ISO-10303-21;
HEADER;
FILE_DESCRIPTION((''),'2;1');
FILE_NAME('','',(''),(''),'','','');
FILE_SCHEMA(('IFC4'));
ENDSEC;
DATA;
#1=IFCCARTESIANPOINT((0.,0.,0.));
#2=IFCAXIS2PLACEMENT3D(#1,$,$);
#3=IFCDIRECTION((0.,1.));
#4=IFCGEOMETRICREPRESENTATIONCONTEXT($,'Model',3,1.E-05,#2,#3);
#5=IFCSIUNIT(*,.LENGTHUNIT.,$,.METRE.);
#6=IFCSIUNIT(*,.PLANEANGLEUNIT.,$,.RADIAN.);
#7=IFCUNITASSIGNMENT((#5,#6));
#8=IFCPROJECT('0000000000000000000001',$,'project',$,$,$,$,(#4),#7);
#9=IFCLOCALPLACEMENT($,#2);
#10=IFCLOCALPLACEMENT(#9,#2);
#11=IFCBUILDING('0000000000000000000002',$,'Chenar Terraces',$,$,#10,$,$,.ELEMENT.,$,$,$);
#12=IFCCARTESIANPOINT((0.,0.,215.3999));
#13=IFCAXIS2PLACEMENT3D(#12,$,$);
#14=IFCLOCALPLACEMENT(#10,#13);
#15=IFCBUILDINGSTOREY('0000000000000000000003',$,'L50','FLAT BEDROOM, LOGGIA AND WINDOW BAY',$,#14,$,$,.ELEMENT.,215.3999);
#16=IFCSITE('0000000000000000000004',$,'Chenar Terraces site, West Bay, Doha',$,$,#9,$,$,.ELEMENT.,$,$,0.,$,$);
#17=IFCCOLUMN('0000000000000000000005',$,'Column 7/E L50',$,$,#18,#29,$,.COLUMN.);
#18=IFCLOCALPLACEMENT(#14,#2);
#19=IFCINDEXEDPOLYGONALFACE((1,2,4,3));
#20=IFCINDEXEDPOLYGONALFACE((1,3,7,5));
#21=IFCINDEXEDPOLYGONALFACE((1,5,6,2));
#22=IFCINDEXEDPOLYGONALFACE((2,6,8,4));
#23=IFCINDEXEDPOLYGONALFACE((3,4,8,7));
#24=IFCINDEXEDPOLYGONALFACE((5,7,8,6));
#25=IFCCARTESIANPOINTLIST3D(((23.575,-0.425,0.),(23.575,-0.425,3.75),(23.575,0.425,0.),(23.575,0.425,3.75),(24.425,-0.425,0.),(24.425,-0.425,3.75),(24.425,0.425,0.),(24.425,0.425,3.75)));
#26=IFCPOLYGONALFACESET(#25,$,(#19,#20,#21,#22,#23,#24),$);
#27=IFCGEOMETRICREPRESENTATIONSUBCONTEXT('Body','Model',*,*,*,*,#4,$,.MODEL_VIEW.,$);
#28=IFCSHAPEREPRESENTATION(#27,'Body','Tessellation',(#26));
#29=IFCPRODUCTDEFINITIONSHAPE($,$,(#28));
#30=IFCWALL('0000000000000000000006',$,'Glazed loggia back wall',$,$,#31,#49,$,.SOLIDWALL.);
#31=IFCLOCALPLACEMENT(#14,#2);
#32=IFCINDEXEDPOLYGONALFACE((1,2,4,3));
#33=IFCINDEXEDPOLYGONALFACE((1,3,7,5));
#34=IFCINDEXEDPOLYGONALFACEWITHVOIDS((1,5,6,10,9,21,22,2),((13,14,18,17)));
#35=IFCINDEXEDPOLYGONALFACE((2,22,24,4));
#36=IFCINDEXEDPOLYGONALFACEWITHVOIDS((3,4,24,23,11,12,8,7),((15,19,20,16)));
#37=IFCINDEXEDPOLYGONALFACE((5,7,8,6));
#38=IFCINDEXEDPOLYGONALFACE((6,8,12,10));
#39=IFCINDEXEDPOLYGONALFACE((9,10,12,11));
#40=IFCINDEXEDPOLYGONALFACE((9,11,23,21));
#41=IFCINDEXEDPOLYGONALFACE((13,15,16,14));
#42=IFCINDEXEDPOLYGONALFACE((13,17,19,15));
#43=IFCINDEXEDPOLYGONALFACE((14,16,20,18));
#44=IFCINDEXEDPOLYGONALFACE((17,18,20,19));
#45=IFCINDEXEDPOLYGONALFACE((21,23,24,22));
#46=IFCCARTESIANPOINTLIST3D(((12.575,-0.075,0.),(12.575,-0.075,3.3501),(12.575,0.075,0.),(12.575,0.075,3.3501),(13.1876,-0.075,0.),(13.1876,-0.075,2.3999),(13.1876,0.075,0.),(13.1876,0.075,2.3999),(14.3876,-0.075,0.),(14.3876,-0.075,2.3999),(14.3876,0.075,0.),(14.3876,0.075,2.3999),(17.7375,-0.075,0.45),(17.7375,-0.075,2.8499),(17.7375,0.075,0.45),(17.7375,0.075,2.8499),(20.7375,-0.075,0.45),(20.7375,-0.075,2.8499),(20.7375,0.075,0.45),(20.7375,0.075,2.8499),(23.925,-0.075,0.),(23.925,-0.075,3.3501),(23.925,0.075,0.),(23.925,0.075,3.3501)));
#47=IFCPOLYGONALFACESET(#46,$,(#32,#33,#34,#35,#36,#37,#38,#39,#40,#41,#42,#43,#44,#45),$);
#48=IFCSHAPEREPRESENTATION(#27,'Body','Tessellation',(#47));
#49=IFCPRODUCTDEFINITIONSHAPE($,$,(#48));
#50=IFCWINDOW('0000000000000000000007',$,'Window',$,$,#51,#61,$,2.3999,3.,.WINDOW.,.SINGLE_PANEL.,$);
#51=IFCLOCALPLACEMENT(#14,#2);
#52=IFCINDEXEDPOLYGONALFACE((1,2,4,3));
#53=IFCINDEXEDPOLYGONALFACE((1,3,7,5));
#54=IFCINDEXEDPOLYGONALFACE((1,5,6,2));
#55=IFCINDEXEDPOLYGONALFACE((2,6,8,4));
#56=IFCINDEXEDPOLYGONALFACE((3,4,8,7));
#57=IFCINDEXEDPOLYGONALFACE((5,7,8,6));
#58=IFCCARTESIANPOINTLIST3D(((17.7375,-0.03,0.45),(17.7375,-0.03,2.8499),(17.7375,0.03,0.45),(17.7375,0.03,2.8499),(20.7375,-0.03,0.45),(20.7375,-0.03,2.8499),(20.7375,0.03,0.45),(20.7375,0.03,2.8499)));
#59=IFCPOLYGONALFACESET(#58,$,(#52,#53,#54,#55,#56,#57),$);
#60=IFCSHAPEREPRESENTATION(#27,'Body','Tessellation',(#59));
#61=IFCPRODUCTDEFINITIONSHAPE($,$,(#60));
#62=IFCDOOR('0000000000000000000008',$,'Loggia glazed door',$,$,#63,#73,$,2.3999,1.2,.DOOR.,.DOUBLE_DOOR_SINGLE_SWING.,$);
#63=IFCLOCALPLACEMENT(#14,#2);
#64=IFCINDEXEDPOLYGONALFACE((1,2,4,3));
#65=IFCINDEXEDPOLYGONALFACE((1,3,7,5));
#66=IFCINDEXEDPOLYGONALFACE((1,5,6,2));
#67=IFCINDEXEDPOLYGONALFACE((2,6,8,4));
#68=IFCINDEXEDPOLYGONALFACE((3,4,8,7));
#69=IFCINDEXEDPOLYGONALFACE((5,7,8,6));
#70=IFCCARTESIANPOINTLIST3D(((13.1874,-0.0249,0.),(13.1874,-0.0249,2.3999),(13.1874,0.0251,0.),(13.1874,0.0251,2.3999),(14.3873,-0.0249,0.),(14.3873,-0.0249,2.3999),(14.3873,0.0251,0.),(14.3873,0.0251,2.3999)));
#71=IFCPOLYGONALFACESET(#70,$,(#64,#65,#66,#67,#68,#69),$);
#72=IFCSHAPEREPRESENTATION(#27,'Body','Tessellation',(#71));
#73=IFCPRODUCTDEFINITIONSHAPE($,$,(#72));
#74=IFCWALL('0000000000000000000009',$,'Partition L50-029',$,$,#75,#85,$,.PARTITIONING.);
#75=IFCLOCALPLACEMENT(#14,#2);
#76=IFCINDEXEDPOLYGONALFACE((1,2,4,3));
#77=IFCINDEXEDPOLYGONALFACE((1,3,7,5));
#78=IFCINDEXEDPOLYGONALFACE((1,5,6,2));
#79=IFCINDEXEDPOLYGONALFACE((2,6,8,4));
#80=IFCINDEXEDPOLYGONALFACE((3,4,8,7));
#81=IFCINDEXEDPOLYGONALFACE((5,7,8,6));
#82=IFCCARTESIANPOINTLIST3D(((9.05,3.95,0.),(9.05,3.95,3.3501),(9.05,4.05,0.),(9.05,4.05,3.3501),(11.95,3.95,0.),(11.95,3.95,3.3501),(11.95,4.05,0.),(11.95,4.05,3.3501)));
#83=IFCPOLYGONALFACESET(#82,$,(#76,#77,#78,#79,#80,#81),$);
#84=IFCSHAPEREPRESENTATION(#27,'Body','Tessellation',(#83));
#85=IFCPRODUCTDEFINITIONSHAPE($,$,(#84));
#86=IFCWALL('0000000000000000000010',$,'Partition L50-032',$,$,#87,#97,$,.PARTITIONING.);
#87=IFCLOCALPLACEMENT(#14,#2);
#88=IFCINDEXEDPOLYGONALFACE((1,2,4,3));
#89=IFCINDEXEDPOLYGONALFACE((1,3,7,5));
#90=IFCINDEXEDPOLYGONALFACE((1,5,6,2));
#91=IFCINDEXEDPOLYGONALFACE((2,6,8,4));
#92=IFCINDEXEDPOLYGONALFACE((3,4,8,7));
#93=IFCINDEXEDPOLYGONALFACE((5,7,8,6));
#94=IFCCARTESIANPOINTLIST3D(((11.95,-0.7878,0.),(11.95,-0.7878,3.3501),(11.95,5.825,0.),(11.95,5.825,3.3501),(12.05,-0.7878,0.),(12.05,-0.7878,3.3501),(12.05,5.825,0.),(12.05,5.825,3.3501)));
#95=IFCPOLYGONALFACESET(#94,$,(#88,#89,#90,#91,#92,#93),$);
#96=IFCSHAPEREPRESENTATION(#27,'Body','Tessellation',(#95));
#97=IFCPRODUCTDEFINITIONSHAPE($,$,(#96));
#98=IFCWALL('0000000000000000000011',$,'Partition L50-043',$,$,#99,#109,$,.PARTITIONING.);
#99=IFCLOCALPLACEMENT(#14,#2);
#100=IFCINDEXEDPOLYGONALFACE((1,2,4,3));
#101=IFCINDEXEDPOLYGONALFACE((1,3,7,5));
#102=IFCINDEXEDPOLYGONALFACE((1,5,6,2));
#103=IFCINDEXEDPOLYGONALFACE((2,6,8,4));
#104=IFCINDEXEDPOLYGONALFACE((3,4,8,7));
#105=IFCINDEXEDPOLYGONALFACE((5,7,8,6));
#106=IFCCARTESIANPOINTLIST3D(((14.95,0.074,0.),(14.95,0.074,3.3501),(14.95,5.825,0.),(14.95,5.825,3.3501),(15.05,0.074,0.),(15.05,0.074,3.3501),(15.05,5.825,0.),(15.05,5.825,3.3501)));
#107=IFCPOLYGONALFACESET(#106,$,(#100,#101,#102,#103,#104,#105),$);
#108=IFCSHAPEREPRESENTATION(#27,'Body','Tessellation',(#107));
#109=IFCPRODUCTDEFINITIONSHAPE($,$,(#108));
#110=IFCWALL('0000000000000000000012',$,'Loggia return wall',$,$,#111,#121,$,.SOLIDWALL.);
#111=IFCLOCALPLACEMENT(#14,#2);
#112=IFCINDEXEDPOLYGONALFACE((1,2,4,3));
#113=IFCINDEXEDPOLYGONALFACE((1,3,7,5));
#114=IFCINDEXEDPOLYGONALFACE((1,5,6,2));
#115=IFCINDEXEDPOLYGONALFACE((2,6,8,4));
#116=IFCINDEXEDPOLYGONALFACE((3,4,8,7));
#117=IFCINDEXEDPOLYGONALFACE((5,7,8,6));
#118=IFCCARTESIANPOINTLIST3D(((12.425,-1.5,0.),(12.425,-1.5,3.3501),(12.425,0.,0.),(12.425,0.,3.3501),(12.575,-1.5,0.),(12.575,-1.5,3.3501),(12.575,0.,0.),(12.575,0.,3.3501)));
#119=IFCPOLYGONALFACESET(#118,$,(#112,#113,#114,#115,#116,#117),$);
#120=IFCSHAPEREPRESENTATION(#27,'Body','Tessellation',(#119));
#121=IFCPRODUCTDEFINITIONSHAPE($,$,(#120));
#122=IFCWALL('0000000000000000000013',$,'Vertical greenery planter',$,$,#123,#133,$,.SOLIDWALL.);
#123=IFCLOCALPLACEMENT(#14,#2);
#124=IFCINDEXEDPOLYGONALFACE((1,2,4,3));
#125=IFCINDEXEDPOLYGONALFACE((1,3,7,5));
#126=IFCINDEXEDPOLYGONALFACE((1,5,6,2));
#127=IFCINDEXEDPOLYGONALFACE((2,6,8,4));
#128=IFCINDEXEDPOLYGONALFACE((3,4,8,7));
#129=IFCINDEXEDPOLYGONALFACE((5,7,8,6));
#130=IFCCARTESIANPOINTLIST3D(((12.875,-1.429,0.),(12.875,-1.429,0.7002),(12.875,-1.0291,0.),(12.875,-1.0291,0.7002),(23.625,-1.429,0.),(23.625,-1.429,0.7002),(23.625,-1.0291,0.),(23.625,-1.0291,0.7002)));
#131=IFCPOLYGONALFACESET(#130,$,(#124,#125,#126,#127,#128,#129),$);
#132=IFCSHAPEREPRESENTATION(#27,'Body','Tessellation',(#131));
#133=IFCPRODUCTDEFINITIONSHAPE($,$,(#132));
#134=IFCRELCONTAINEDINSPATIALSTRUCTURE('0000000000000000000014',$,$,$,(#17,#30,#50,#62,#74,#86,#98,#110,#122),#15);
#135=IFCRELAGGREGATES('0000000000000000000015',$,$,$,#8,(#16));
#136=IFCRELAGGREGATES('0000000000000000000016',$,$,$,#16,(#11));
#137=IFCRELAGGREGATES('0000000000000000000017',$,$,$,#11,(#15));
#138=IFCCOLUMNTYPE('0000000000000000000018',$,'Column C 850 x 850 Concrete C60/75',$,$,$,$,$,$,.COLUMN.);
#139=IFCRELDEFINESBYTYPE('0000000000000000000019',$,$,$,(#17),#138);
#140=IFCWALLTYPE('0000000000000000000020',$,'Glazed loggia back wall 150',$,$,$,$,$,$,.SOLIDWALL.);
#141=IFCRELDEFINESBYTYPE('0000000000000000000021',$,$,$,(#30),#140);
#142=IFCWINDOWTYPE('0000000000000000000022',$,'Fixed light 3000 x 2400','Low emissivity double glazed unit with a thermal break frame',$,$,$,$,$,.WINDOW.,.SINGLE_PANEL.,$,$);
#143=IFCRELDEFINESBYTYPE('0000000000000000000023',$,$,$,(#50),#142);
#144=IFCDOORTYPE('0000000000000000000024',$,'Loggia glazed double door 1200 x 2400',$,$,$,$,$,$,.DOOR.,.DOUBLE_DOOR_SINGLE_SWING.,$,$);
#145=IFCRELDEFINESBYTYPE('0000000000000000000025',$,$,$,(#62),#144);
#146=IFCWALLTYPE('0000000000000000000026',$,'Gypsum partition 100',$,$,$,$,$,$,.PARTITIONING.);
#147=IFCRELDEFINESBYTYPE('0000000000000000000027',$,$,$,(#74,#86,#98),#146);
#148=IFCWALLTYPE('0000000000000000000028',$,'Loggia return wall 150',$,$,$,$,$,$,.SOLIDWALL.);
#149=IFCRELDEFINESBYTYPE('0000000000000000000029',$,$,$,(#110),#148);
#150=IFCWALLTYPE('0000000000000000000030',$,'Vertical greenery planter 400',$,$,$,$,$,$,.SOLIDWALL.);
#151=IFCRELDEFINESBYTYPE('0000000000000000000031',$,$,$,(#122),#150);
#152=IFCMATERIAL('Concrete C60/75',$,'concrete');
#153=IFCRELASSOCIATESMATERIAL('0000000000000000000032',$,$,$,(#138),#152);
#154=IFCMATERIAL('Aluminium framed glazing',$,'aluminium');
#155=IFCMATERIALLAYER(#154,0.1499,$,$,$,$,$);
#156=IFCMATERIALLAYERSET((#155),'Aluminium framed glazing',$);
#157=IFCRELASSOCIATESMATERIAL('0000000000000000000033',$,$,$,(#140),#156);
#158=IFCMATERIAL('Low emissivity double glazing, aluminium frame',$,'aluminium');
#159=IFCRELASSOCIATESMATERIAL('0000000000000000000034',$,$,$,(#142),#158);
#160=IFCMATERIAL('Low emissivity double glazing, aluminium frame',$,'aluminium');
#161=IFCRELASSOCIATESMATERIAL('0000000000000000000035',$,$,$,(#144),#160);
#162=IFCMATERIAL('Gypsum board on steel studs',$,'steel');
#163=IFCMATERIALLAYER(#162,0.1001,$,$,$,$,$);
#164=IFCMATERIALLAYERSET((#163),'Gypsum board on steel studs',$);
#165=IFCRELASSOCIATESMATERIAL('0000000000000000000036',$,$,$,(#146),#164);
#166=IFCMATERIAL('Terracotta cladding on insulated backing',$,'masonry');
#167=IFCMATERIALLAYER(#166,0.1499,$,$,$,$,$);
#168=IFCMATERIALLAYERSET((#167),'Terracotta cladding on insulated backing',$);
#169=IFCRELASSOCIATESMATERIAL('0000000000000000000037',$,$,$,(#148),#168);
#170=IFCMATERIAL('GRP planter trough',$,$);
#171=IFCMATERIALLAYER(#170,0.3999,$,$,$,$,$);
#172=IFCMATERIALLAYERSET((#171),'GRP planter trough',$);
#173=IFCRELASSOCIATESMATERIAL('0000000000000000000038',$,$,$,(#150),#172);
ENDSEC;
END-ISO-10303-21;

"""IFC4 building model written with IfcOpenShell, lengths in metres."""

from ifc_helpers import new_model, si_unit, direction, frame, frame_2d, origin, origin_2d, place, context, subcontext, project, spatial, rectangle, extrude, material, layer, layer_set, material_profile, profile_set, type_object, element, fill, save


model = new_model("IFC4")

# Units and contexts
model_context = context("Model", 3, precision=1e-05, world=origin(), true_north=direction((0.0, 1.0)))
body_context = subcontext(model_context, "Body", "Model", "MODEL_VIEW")
ifc_project = project(units=[si_unit("LENGTHUNIT", "METRE"), si_unit("PLANEANGLEUNIT", "RADIAN")], contexts=[model_context])

# Site, building, storey
site_placement = place(None, origin())
site = spatial("IfcSite", under=ifc_project, at=site_placement, Name="Chenar Terraces site, West Bay, Doha", CompositionType="ELEMENT", RefElevation=0.0)
building_placement = place(site_placement, origin())
building = spatial("IfcBuilding", under=site, at=building_placement, Name="Chenar Terraces", CompositionType="ELEMENT")
storey_placement = place(building_placement, frame((0.0, 0.0, 215.3999)))
storey = spatial("IfcBuildingStorey", under=building, at=storey_placement, Name="L50", Description="FLAT BEDROOM, LOGGIA AND WINDOW BAY", CompositionType="ELEMENT", Elevation=215.3999)

# Column
ifc_material_1 = material(Name="Concrete C60/75", Category="concrete")
ifc_material_profile = material_profile(ifc_material_1, rectangle(XDim=0.8501, YDim=0.8501, at=origin_2d()), Name="C 850 x 850")
ifc_profile_set = profile_set([ifc_material_profile], Name="Concrete C60/75")
column_type = type_object("IfcColumnType", Name="Column C 850 x 850 Concrete C60/75", PredefinedType="COLUMN", material=ifc_profile_set)
column_placement = place(storey_placement, frame((24.0, 0.0, 0.0), z_axis=(0.0, 0.0, 1.0), x_axis=(1.0, 0.0, 0.0)))
element("IfcColumn", 1, at=column_placement, inside=storey, type_object=column_type, Name="Column 7/E L50", PredefinedType="COLUMN", context=body_context, shape_type="SweptSolid", body=[
    extrude(rectangle(XDim=0.8501, YDim=0.8501, at=origin_2d()), origin(), (0.0, 0.0, 1.0), 3.75),
])

# Wall, openings, window, door
ifc_material_2 = material(Name="Aluminium framed glazing", Category="aluminium")
ifc_layer_1 = layer(ifc_material_2, 0.1499)
ifc_layer_set_1 = layer_set([ifc_layer_1], Name="Aluminium framed glazing")
wall_type_1 = type_object("IfcWallType", Name="Glazed loggia back wall 150", PredefinedType="SOLIDWALL", material=ifc_layer_set_1)
wall_1_placement = place(storey_placement, frame((12.575, 0.0, 0.0), z_axis=(0.0, 0.0, 1.0), x_axis=(1.0, 0.0, 0.0)))
wall_1 = element("IfcWall", 2, at=wall_1_placement, inside=storey, type_object=wall_type_1, Name="Glazed loggia back wall", PredefinedType="SOLIDWALL", context=body_context, shape_type="SweptSolid", body=[
    extrude(rectangle(XDim=11.3501, YDim=0.1499, at=frame_2d((5.675, 0.0))), origin(), (0.0, 0.0, 1.0), 3.3501),
])
opening_1_placement = place(wall_1_placement, frame((0.6125, 0.0, 0.0)))
opening_1 = element("IfcOpeningElement", 3, at=opening_1_placement, cuts=wall_1, PredefinedType="OPENING", context=body_context, shape_type="SweptSolid", body=[
    extrude(rectangle(XDim=1.2, YDim=2.3999, at=frame_2d((0.6001, 1.2))), frame((0.0, 0.085, 0.0), z_axis=(0.0, -1.0, 0.0), x_axis=(1.0, 0.0, 0.0)), (0.0, 0.0, 1.0), 0.1699),
])
opening_2_placement = place(wall_1_placement, frame((5.1626, 0.0, 0.45)))
opening_2 = element("IfcOpeningElement", 4, at=opening_2_placement, cuts=wall_1, PredefinedType="OPENING", context=body_context, shape_type="SweptSolid", body=[
    extrude(rectangle(XDim=3.0, YDim=2.3999, at=frame_2d((1.5, 1.2))), frame((0.0, 0.085, 0.0), z_axis=(0.0, -1.0, 0.0), x_axis=(1.0, 0.0, 0.0)), (0.0, 0.0, 1.0), 0.1699),
])
ifc_material_3 = material(Name="Low emissivity double glazing, aluminium frame", Category="aluminium")
window_type = type_object("IfcWindowType", Name="Fixed light 3000 x 2400", Description="Low emissivity double glazed unit with a thermal break frame", PartitioningType="SINGLE_PANEL", PredefinedType="WINDOW", material=ifc_material_3)
window_placement = place(opening_2_placement, origin())
window = element("IfcWindow", 5, at=window_placement, inside=storey, type_object=window_type, Name="Window", OverallHeight=2.3999, OverallWidth=3.0, PartitioningType="SINGLE_PANEL", PredefinedType="WINDOW", context=body_context, shape_type="SweptSolid", body=[
    extrude(rectangle(XDim=3.0, YDim=2.3999, at=frame_2d((1.5, 1.2))), frame((0.0, 0.03, 0.0), z_axis=(0.0, -1.0, 0.0), x_axis=(1.0, 0.0, 0.0)), (0.0, 0.0, 1.0), 0.0601),
])
fill(opening_2, window)
ifc_material_4 = material(Name="Low emissivity double glazing, aluminium frame", Category="aluminium")
door_type = type_object("IfcDoorType", Name="Loggia glazed double door 1200 x 2400", OperationType="DOUBLE_DOOR_SINGLE_SWING", PredefinedType="DOOR", material=ifc_material_4)
door_placement = place(opening_1_placement, frame((1.2, 0.0, 0.0), z_axis=(0.0, 0.0, 1.0), x_axis=(-1.0, 0.0, 0.0)))
door = element("IfcDoor", 6, at=door_placement, inside=storey, type_object=door_type, Name="Loggia glazed door", OperationType="DOUBLE_DOOR_SINGLE_SWING", OverallHeight=2.3999, OverallWidth=1.2, PredefinedType="DOOR", context=body_context, shape_type="SweptSolid", body=[
    extrude(rectangle(XDim=1.2, YDim=2.3999, at=frame_2d((0.6001, 1.2))), frame((0.0, 0.0249, 0.0), z_axis=(0.0, -1.0, 0.0), x_axis=(1.0, 0.0, 0.0)), (0.0, 0.0, 1.0), 0.05),
])
fill(opening_1, door)

# Walls
ifc_material_5 = material(Name="Gypsum board on steel studs", Category="steel")
ifc_layer_2 = layer(ifc_material_5, 0.1001)
ifc_layer_set_2 = layer_set([ifc_layer_2], Name="Gypsum board on steel studs")
wall_type_2 = type_object("IfcWallType", Name="Gypsum partition 100", PredefinedType="PARTITIONING", material=ifc_layer_set_2)
wall_2_placement = place(storey_placement, frame((9.05, 4.0, 0.0), z_axis=(0.0, 0.0, 1.0), x_axis=(1.0, 0.0, 0.0)))
element("IfcWall", 7, at=wall_2_placement, inside=storey, type_object=wall_type_2, Name="Partition L50-029", PredefinedType="PARTITIONING", context=body_context, shape_type="SweptSolid", body=[
    extrude(rectangle(XDim=2.8999, YDim=0.1001, at=frame_2d((1.45, 0.0))), origin(), (0.0, 0.0, 1.0), 3.3501),
])
wall_3_placement = place(storey_placement, frame((12.0, -0.7878, 0.0), z_axis=(0.0, 0.0, 1.0), x_axis=(0.0, 1.0, 0.0)))
element("IfcWall", 8, at=wall_3_placement, inside=storey, type_object=wall_type_2, Name="Partition L50-032", PredefinedType="PARTITIONING", context=body_context, shape_type="SweptSolid", body=[
    extrude(rectangle(XDim=6.6128, YDim=0.1001, at=frame_2d((3.3064, 0.0))), origin(), (0.0, 0.0, 1.0), 3.3501),
])
wall_4_placement = place(storey_placement, frame((15.0, 0.074, 0.0), z_axis=(0.0, 0.0, 1.0), x_axis=(0.0, 1.0, 0.0)))
element("IfcWall", 9, at=wall_4_placement, inside=storey, type_object=wall_type_2, Name="Partition L50-043", PredefinedType="PARTITIONING", context=body_context, shape_type="SweptSolid", body=[
    extrude(rectangle(XDim=5.751, YDim=0.1001, at=frame_2d((2.8755, 0.0))), origin(), (0.0, 0.0, 1.0), 3.3501),
])
ifc_material_6 = material(Name="Terracotta cladding on insulated backing", Category="masonry")
ifc_layer_3 = layer(ifc_material_6, 0.1499)
ifc_layer_set_3 = layer_set([ifc_layer_3], Name="Terracotta cladding on insulated backing")
wall_type_3 = type_object("IfcWallType", Name="Loggia return wall 150", PredefinedType="SOLIDWALL", material=ifc_layer_set_3)
wall_5_placement = place(storey_placement, frame((12.5, -1.5, 0.0), z_axis=(0.0, 0.0, 1.0), x_axis=(0.0, 1.0, 0.0)))
element("IfcWall", 10, at=wall_5_placement, inside=storey, type_object=wall_type_3, Name="Loggia return wall", PredefinedType="SOLIDWALL", context=body_context, shape_type="SweptSolid", body=[
    extrude(rectangle(XDim=1.5, YDim=0.1499, at=frame_2d((0.75, 0.0))), origin(), (0.0, 0.0, 1.0), 3.3501),
])
ifc_material_7 = material(Name="GRP planter trough")
ifc_layer_4 = layer(ifc_material_7, 0.3999)
ifc_layer_set_4 = layer_set([ifc_layer_4], Name="GRP planter trough")
wall_type_4 = type_object("IfcWallType", Name="Vertical greenery planter 400", PredefinedType="SOLIDWALL", material=ifc_layer_set_4)
wall_6_placement = place(storey_placement, frame((12.875, -1.229, 0.0), z_axis=(0.0, 0.0, 1.0), x_axis=(1.0, 0.0, 0.0)))
element("IfcWall", 11, at=wall_6_placement, inside=storey, type_object=wall_type_4, Name="Vertical greenery planter", PredefinedType="SOLIDWALL", context=body_context, shape_type="SweptSolid", body=[
    extrude(rectangle(XDim=10.75, YDim=0.3999, at=frame_2d((5.375, 0.0))), origin(), (0.0, 0.0, 1.0), 0.7002),
])

save(model, "model.ifc")
